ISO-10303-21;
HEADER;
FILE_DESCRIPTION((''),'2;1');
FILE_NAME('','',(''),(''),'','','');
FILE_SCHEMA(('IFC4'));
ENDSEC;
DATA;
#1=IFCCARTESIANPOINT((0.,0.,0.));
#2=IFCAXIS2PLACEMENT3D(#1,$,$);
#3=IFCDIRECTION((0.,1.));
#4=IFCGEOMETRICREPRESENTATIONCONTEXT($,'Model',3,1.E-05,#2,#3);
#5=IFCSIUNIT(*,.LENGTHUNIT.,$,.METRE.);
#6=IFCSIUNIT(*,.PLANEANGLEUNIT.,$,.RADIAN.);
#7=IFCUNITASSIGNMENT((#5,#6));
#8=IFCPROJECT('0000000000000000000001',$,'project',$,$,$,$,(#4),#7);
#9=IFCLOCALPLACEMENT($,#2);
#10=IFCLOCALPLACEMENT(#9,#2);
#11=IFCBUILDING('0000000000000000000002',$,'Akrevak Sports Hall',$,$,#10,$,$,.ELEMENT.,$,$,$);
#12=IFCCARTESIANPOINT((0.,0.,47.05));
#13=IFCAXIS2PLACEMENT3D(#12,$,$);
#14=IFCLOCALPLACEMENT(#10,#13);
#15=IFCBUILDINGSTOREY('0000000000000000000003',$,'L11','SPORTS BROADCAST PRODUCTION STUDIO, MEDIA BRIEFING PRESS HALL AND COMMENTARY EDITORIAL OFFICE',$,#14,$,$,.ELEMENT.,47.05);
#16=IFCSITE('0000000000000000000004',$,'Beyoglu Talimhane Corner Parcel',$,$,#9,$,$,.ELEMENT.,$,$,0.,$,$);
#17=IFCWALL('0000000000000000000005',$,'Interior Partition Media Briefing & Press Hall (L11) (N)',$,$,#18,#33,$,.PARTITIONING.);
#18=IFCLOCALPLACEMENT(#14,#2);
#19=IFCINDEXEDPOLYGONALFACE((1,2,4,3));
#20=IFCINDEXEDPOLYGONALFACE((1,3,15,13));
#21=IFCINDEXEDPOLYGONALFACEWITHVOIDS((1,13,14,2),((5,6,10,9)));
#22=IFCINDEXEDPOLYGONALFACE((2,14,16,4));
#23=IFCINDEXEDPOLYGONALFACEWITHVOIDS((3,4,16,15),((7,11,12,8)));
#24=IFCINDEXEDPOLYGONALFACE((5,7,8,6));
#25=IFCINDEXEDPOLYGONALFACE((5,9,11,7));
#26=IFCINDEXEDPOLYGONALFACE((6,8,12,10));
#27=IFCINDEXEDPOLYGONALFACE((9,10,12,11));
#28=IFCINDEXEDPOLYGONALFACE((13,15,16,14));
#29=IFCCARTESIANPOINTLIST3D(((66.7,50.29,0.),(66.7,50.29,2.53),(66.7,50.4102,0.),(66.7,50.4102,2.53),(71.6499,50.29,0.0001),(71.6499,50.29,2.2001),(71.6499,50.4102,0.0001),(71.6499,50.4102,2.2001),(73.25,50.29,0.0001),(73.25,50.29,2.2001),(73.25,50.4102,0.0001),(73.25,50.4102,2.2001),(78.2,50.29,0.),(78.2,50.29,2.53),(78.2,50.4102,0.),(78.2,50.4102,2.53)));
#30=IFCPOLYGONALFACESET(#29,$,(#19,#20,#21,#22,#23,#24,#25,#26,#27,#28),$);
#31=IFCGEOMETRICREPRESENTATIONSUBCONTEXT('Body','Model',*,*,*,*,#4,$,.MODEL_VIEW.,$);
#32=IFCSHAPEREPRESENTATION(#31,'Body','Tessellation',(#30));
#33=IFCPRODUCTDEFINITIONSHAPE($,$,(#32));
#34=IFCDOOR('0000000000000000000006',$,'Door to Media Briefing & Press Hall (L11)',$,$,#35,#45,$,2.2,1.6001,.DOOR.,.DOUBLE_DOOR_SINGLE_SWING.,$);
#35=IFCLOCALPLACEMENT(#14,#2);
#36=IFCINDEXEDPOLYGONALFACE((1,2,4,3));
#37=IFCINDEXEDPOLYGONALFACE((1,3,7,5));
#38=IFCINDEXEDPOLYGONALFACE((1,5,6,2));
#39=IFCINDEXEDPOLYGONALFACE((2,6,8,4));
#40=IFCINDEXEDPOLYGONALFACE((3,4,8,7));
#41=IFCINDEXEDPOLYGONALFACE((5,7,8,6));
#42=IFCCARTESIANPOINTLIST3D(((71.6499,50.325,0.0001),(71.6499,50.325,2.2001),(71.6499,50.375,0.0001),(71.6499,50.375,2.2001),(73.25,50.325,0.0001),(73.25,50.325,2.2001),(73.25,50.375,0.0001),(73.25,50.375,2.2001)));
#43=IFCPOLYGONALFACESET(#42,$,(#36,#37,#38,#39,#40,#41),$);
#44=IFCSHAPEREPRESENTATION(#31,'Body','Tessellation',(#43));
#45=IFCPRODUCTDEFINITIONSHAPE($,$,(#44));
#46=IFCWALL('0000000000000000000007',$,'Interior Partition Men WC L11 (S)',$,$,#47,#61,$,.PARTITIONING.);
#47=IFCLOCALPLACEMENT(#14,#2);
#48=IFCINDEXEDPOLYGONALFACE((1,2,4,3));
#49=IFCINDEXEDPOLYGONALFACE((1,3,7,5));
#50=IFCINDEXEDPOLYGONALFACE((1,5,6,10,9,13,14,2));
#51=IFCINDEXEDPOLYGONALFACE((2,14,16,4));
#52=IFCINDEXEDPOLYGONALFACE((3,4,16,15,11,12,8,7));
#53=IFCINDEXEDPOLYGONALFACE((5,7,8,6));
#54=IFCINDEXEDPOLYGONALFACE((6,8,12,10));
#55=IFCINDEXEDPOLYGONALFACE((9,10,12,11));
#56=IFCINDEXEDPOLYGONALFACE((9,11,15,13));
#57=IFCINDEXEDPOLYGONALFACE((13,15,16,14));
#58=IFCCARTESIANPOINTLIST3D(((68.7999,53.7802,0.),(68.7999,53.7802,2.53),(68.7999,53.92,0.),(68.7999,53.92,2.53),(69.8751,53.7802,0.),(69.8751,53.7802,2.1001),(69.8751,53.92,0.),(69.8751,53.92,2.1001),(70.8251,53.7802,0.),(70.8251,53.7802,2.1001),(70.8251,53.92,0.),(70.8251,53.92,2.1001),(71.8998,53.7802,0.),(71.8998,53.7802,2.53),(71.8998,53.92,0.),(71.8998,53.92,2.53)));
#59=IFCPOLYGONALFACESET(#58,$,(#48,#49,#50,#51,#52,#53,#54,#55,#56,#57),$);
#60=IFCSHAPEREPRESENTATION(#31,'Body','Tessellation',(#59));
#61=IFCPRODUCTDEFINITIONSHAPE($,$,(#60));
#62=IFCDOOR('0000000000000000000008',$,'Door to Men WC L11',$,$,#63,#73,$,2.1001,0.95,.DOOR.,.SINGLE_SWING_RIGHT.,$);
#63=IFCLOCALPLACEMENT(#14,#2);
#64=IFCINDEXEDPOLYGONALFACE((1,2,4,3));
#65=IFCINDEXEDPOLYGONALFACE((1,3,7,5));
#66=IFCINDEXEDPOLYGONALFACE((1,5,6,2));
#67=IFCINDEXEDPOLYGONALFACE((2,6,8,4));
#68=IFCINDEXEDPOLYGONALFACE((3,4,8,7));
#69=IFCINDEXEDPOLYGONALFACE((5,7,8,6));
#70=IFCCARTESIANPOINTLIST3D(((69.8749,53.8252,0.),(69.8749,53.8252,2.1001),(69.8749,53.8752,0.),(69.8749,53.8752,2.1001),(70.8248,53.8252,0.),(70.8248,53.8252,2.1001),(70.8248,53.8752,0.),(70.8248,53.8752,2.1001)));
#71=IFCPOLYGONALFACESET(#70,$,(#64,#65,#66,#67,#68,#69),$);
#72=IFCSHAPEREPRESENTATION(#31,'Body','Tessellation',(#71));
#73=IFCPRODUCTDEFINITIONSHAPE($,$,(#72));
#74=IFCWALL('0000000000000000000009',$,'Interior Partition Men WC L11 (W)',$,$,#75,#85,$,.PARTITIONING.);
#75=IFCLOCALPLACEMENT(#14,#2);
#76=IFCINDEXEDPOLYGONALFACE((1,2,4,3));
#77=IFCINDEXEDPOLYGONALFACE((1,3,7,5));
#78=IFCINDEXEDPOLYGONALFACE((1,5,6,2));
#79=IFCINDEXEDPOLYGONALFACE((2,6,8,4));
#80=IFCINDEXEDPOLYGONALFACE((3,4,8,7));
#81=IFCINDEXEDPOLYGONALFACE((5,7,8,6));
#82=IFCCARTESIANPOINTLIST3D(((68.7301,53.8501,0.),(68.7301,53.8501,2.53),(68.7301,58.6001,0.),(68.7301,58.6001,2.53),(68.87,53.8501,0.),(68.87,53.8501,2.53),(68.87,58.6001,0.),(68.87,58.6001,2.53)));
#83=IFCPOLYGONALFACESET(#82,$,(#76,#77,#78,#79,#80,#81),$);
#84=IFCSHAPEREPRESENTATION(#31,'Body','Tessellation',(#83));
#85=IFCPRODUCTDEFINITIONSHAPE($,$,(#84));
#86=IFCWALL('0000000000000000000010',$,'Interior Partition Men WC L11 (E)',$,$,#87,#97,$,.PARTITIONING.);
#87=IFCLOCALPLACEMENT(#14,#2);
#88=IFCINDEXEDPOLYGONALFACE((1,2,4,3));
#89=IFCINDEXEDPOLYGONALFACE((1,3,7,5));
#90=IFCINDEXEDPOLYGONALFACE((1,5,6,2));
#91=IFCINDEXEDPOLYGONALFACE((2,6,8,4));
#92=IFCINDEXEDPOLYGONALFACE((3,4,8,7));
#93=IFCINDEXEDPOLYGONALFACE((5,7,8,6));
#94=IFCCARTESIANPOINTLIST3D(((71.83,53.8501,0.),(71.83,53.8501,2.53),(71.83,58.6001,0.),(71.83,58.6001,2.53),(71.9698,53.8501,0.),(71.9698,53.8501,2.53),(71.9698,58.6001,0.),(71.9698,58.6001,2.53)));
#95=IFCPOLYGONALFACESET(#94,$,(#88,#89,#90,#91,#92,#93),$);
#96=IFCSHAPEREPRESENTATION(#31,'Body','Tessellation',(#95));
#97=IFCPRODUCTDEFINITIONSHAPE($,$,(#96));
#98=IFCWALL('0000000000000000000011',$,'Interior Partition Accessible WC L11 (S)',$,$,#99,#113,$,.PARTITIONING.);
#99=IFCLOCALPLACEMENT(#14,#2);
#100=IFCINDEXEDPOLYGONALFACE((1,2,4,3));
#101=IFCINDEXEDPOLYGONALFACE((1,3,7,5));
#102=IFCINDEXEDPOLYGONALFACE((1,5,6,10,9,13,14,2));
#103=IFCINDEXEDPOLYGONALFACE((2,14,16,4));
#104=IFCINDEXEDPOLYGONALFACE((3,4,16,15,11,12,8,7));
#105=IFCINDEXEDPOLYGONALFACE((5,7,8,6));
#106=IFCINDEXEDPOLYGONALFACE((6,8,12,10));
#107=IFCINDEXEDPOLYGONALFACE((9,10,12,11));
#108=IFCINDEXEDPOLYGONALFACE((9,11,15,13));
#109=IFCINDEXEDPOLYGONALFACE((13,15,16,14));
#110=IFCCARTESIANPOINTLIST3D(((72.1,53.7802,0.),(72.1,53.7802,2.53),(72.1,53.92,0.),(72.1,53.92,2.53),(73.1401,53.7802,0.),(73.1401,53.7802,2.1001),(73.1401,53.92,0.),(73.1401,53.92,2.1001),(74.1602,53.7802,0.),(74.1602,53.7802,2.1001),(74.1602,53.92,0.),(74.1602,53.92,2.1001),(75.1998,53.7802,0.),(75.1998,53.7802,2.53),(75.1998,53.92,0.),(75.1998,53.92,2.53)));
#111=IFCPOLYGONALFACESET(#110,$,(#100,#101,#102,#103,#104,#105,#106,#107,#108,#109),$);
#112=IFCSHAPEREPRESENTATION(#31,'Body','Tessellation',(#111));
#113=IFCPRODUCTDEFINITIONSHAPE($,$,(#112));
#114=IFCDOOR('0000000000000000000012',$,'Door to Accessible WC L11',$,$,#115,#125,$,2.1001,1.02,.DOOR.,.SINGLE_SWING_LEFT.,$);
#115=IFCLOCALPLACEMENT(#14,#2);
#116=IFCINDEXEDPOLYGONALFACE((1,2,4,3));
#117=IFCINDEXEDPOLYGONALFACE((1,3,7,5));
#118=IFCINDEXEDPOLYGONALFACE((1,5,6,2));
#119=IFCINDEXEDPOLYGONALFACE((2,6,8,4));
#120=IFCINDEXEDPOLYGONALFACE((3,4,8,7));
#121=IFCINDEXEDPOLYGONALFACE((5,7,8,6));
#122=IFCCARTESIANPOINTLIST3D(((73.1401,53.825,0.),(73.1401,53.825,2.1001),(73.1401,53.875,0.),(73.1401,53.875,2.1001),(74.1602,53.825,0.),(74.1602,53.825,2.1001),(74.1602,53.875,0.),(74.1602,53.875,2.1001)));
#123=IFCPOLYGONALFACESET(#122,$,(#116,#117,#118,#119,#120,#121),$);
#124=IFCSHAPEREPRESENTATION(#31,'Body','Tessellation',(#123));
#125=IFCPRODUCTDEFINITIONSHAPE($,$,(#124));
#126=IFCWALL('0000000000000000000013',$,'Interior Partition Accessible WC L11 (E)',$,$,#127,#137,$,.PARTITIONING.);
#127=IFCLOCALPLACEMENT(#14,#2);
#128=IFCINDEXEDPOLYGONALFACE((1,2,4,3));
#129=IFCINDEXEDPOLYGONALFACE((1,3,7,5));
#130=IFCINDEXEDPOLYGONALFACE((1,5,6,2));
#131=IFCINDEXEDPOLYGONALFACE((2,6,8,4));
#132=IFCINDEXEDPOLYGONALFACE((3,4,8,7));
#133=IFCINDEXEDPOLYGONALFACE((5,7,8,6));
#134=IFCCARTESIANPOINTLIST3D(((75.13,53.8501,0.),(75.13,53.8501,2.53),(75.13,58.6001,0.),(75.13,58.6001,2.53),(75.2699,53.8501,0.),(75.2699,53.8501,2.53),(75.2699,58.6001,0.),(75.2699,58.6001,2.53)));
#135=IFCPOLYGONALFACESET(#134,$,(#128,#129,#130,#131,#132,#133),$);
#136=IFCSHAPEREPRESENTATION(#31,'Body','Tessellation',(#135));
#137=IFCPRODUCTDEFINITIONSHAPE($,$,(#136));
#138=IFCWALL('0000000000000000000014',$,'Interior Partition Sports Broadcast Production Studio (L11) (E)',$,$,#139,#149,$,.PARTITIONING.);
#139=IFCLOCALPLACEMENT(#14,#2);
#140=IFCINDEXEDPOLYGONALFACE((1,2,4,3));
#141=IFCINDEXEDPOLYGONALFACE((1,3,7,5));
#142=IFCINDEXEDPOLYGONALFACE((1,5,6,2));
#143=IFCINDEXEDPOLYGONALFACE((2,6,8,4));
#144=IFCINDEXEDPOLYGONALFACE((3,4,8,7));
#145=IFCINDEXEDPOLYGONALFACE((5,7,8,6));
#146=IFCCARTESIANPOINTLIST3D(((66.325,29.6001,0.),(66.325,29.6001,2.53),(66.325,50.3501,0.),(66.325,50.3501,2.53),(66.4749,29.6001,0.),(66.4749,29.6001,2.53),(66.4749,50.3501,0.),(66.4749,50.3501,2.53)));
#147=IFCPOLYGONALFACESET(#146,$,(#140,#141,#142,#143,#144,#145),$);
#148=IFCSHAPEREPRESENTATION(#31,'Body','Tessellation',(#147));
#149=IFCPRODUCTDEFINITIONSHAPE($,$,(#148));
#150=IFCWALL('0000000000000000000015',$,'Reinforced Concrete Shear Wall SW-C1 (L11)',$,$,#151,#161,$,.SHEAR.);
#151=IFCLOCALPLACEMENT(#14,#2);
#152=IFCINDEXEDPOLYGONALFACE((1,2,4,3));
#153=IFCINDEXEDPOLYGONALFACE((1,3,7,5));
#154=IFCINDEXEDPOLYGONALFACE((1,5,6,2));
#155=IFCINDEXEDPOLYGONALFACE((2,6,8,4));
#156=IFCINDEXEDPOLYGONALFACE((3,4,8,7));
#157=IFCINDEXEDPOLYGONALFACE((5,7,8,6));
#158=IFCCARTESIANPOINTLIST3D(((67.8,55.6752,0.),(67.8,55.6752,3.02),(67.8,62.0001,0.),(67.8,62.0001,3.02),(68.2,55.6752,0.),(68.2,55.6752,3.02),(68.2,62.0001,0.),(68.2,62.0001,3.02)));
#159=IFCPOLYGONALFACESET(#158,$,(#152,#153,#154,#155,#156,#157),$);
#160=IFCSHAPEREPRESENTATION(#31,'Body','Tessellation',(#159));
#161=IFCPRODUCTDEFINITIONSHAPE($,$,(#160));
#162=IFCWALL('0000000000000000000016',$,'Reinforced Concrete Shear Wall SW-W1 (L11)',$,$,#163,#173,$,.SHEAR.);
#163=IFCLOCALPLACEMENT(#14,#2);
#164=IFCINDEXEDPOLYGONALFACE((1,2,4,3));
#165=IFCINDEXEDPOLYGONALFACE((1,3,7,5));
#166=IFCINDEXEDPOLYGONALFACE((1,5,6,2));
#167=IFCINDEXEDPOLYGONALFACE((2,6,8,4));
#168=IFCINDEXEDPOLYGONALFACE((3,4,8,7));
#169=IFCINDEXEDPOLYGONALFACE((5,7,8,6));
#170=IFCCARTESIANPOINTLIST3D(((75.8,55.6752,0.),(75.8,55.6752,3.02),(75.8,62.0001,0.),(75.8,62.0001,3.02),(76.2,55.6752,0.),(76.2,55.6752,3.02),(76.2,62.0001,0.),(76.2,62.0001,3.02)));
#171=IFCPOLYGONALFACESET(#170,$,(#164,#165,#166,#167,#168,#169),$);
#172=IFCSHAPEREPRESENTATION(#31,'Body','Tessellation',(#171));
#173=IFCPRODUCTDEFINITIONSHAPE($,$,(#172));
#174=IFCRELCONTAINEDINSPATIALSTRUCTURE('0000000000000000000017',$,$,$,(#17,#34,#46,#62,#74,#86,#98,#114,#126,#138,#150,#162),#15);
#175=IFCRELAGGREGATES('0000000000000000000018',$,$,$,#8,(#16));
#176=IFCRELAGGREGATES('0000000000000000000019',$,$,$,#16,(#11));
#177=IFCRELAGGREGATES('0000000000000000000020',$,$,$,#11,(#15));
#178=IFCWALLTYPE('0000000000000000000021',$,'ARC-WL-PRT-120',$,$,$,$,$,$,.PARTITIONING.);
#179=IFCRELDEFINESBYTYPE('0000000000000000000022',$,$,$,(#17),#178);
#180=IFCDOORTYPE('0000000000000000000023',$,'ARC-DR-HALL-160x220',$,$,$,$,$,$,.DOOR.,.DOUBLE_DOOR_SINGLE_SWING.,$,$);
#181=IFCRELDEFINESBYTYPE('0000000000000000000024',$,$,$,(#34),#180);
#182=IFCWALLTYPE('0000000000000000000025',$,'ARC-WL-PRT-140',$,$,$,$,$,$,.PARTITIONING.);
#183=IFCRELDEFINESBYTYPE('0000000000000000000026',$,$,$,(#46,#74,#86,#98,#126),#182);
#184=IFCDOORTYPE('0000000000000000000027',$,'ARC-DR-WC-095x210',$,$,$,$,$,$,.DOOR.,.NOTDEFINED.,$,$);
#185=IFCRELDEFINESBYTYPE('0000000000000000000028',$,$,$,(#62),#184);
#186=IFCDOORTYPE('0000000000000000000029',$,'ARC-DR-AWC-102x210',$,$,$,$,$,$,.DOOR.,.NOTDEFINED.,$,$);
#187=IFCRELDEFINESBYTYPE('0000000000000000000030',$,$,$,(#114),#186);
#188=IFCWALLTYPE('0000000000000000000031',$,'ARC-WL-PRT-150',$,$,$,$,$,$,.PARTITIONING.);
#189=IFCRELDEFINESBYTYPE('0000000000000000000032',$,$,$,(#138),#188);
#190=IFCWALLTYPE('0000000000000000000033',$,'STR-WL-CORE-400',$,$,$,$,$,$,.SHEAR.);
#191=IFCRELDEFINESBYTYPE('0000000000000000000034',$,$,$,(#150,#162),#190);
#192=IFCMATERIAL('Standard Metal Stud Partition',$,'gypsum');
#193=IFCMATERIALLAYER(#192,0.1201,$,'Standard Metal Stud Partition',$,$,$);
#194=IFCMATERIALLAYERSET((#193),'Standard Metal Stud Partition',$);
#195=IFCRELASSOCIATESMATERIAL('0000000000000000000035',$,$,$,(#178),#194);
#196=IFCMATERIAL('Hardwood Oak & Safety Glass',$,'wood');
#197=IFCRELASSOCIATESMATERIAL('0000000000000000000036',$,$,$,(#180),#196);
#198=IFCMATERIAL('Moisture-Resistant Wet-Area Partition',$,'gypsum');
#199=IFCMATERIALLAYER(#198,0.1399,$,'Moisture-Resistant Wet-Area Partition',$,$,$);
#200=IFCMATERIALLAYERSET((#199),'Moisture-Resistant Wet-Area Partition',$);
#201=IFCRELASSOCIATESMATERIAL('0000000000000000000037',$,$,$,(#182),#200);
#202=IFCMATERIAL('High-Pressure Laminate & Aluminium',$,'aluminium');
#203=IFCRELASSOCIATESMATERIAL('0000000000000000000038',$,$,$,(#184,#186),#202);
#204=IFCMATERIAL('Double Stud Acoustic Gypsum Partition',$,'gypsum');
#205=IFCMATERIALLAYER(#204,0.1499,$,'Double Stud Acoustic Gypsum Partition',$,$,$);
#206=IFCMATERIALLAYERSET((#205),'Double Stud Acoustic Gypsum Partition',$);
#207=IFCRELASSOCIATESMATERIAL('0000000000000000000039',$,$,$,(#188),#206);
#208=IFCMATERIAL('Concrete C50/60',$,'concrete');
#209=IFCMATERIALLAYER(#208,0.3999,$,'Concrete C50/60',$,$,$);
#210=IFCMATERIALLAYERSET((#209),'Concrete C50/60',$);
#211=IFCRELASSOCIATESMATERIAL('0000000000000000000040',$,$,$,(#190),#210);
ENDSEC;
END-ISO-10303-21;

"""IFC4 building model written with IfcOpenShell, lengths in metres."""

from ifc_helpers import new_model, si_unit, direction, frame, frame_2d, origin, place, context, subcontext, project, spatial, rectangle, extrude, material, layer, layer_set, type_object, element, fill, save


model = new_model("IFC4")

# Units and contexts
model_context = context("Model", 3, precision=1e-05, world=origin(), true_north=direction((0.0, 1.0)))
body_context = subcontext(model_context, "Body", "Model", "MODEL_VIEW")
ifc_project = project(units=[si_unit("LENGTHUNIT", "METRE"), si_unit("PLANEANGLEUNIT", "RADIAN")], contexts=[model_context])

# Site, building, storey
site_placement = place(None, origin())
site = spatial("IfcSite", under=ifc_project, at=site_placement, Name="Beyoglu Talimhane Corner Parcel", CompositionType="ELEMENT", RefElevation=0.0)
building_placement = place(site_placement, origin())
building = spatial("IfcBuilding", under=site, at=building_placement, Name="Akrevak Sports Hall", CompositionType="ELEMENT")
storey_placement = place(building_placement, frame((0.0, 0.0, 47.05)))
storey = spatial("IfcBuildingStorey", under=building, at=storey_placement, Name="L11", Description="SPORTS BROADCAST PRODUCTION STUDIO, MEDIA BRIEFING PRESS HALL AND COMMENTARY EDITORIAL OFFICE", CompositionType="ELEMENT", Elevation=47.05)

# Shared definitions
ifc_material_1 = material(Name="Concrete C50/60", Category="concrete")

# Walls, openings, doors
ifc_material_2 = material(Name="Standard Metal Stud Partition", Category="gypsum")
ifc_layer_1 = layer(ifc_material_2, 0.1201, Name="Standard Metal Stud Partition")
ifc_layer_set_1 = layer_set([ifc_layer_1], Name="Standard Metal Stud Partition")
wall_type_1 = type_object("IfcWallType", Name="ARC-WL-PRT-120", PredefinedType="PARTITIONING", material=ifc_layer_set_1)
wall_1_placement = place(storey_placement, frame((66.7, 50.3501, 0.0), z_axis=(0.0, 0.0, 1.0), x_axis=(1.0, 0.0, 0.0)))
wall_1 = element("IfcWall", 1, at=wall_1_placement, inside=storey, type_object=wall_type_1, Name="Interior Partition Media Briefing & Press Hall (L11) (N)", PredefinedType="PARTITIONING", context=body_context, shape_type="SweptSolid", body=[
    extrude(rectangle(XDim=11.5, YDim=0.1201, at=frame_2d((5.75, 0.0))), origin(), (0.0, 0.0, 1.0), 2.53),
])
opening_1_placement = place(wall_1_placement, frame((4.95, 0.0, 0.0)))
opening_1 = element("IfcOpeningElement", 2, at=opening_1_placement, cuts=wall_1, PredefinedType="OPENING", context=body_context, shape_type="SweptSolid", body=[
    extrude(rectangle(XDim=1.6001, YDim=2.2, at=frame_2d((0.8, 1.1001))), frame((0.0, 0.072, 0.0), z_axis=(0.0, -1.0, 0.0), x_axis=(1.0, 0.0, 0.0)), (0.0, 0.0, 1.0), 0.144),
])
ifc_material_3 = material(Name="Hardwood Oak & Safety Glass", Category="wood")
door_type_1 = type_object("IfcDoorType", Name="ARC-DR-HALL-160x220", OperationType="DOUBLE_DOOR_SINGLE_SWING", PredefinedType="DOOR", material=ifc_material_3)
door_1_placement = place(opening_1_placement, origin())
door_1 = element("IfcDoor", 3, at=door_1_placement, inside=storey, type_object=door_type_1, Name="Door to Media Briefing & Press Hall (L11)", OperationType="DOUBLE_DOOR_SINGLE_SWING", OverallHeight=2.2, OverallWidth=1.6001, PredefinedType="DOOR", context=body_context, shape_type="SweptSolid", body=[
    extrude(rectangle(XDim=1.6001, YDim=2.2, at=frame_2d((0.8, 1.1001))), frame((0.0, 0.0249, 0.0), z_axis=(0.0, -1.0, 0.0), x_axis=(1.0, 0.0, 0.0)), (0.0, 0.0, 1.0), 0.05),
])
fill(opening_1, door_1)
ifc_material_4 = material(Name="Moisture-Resistant Wet-Area Partition", Category="gypsum")
ifc_layer_2 = layer(ifc_material_4, 0.1399, Name="Moisture-Resistant Wet-Area Partition")
ifc_layer_set_2 = layer_set([ifc_layer_2], Name="Moisture-Resistant Wet-Area Partition")
wall_type_2 = type_object("IfcWallType", Name="ARC-WL-PRT-140", PredefinedType="PARTITIONING", material=ifc_layer_set_2)
wall_2_placement = place(storey_placement, frame((68.8, 53.8501, 0.0), z_axis=(0.0, 0.0, 1.0), x_axis=(1.0, 0.0, 0.0)))
wall_2 = element("IfcWall", 4, at=wall_2_placement, inside=storey, type_object=wall_type_2, Name="Interior Partition Men WC L11 (S)", PredefinedType="PARTITIONING", context=body_context, shape_type="SweptSolid", body=[
    extrude(rectangle(XDim=3.0999, YDim=0.1399, at=frame_2d((1.5498, 0.0))), origin(), (0.0, 0.0, 1.0), 2.53),
])
opening_2_placement = place(wall_2_placement, frame((1.075, 0.0, 0.0)))
opening_2 = element("IfcOpeningElement", 5, at=opening_2_placement, cuts=wall_2, PredefinedType="OPENING", context=body_context, shape_type="SweptSolid", body=[
    extrude(rectangle(XDim=0.95, YDim=2.1001, at=frame_2d((0.4751, 1.05))), frame((0.0, 0.082, 0.0), z_axis=(0.0, -1.0, 0.0), x_axis=(1.0, 0.0, 0.0)), (0.0, 0.0, 1.0), 0.1638),
])
ifc_material_5 = material(Name="High-Pressure Laminate & Aluminium", Category="aluminium")
door_type_2 = type_object("IfcDoorType", Name="ARC-DR-WC-095x210", OperationType="NOTDEFINED", PredefinedType="DOOR", material=ifc_material_5)
door_2_placement = place(opening_2_placement, frame((0.95, 0.0, 0.0), z_axis=(0.0, 0.0, 1.0), x_axis=(-1.0, 0.0, 0.0)))
door_2 = element("IfcDoor", 6, at=door_2_placement, inside=storey, type_object=door_type_2, Name="Door to Men WC L11", OperationType="SINGLE_SWING_RIGHT", OverallHeight=2.1001, OverallWidth=0.95, PredefinedType="DOOR", context=body_context, shape_type="SweptSolid", body=[
    extrude(rectangle(XDim=0.95, YDim=2.1001, at=frame_2d((0.4751, 1.05))), frame((0.0, 0.0249, 0.0), z_axis=(0.0, -1.0, 0.0), x_axis=(1.0, 0.0, 0.0)), (0.0, 0.0, 1.0), 0.05),
])
fill(opening_2, door_2)

# Walls
for number, where, z_axis, x_axis, name in (
    (7, (68.8, 53.8501, 0.0), (0.0, 0.0, 1.0), (0.0, 1.0, 0.0), "Interior Partition Men WC L11 (W)"),
    (8, (71.8999, 53.8501, 0.0), (0.0, 0.0, 1.0), (0.0, 1.0, 0.0), "Interior Partition Men WC L11 (E)"),
):
    element("IfcWall", number, at=place(storey_placement, frame(where, z_axis=z_axis, x_axis=x_axis)), inside=storey, type_object=wall_type_2, Name=name, PredefinedType="PARTITIONING", context=body_context, shape_type="SweptSolid", body=[
        extrude(rectangle(XDim=4.75, YDim=0.1399, at=frame_2d((2.375, 0.0))), origin(), (0.0, 0.0, 1.0), 2.53),
    ])

# Wall, opening, door
wall_3_placement = place(storey_placement, frame((72.1001, 53.8501, 0.0), z_axis=(0.0, 0.0, 1.0), x_axis=(1.0, 0.0, 0.0)))
wall_3 = element("IfcWall", 9, at=wall_3_placement, inside=storey, type_object=wall_type_2, Name="Interior Partition Accessible WC L11 (S)", PredefinedType="PARTITIONING", context=body_context, shape_type="SweptSolid", body=[
    extrude(rectangle(XDim=3.0999, YDim=0.1399, at=frame_2d((1.5498, 0.0))), origin(), (0.0, 0.0, 1.0), 2.53),
])
opening_3_placement = place(wall_3_placement, frame((1.04, 0.0, 0.0)))
opening_3 = element("IfcOpeningElement", 10, at=opening_3_placement, cuts=wall_3, PredefinedType="OPENING", context=body_context, shape_type="SweptSolid", body=[
    extrude(rectangle(XDim=1.02, YDim=2.1001, at=frame_2d((0.51, 1.05))), frame((0.0, 0.082, 0.0), z_axis=(0.0, -1.0, 0.0), x_axis=(1.0, 0.0, 0.0)), (0.0, 0.0, 1.0), 0.1638),
])
door_type_3 = type_object("IfcDoorType", Name="ARC-DR-AWC-102x210", OperationType="NOTDEFINED", PredefinedType="DOOR", material=ifc_material_5)
door_3_placement = place(opening_3_placement, origin())
door_3 = element("IfcDoor", 11, at=door_3_placement, inside=storey, type_object=door_type_3, Name="Door to Accessible WC L11", OperationType="SINGLE_SWING_LEFT", OverallHeight=2.1001, OverallWidth=1.02, PredefinedType="DOOR", context=body_context, shape_type="SweptSolid", body=[
    extrude(rectangle(XDim=1.02, YDim=2.1001, at=frame_2d((0.51, 1.05))), frame((0.0, 0.0249, 0.0), z_axis=(0.0, -1.0, 0.0), x_axis=(1.0, 0.0, 0.0)), (0.0, 0.0, 1.0), 0.05),
])
fill(opening_3, door_3)

# Walls
wall_4_placement = place(storey_placement, frame((75.2, 53.8501, 0.0), z_axis=(0.0, 0.0, 1.0), x_axis=(0.0, 1.0, 0.0)))
element("IfcWall", 12, at=wall_4_placement, inside=storey, type_object=wall_type_2, Name="Interior Partition Accessible WC L11 (E)", PredefinedType="PARTITIONING", context=body_context, shape_type="SweptSolid", body=[
    extrude(rectangle(XDim=4.75, YDim=0.1399, at=frame_2d((2.375, 0.0))), origin(), (0.0, 0.0, 1.0), 2.53),
])
ifc_material_6 = material(Name="Double Stud Acoustic Gypsum Partition", Category="gypsum")
ifc_layer_3 = layer(ifc_material_6, 0.1499, Name="Double Stud Acoustic Gypsum Partition")
ifc_layer_set_3 = layer_set([ifc_layer_3], Name="Double Stud Acoustic Gypsum Partition")
wall_type_3 = type_object("IfcWallType", Name="ARC-WL-PRT-150", PredefinedType="PARTITIONING", material=ifc_layer_set_3)
wall_5_placement = place(storey_placement, frame((66.3999, 29.6001, 0.0), z_axis=(0.0, 0.0, 1.0), x_axis=(0.0, 1.0, 0.0)))
element("IfcWall", 13, at=wall_5_placement, inside=storey, type_object=wall_type_3, Name="Interior Partition Sports Broadcast Production Studio (L11) (E)", PredefinedType="PARTITIONING", context=body_context, shape_type="SweptSolid", body=[
    extrude(rectangle(XDim=20.75, YDim=0.1499, at=frame_2d((10.375, 0.0))), origin(), (0.0, 0.0, 1.0), 2.53),
])
ifc_layer_4 = layer(ifc_material_1, 0.3999, Name="Concrete C50/60")
ifc_layer_set_4 = layer_set([ifc_layer_4], Name="Concrete C50/60")
wall_type_4 = type_object("IfcWallType", Name="STR-WL-CORE-400", PredefinedType="SHEAR", material=ifc_layer_set_4)
for number, where, z_axis, x_axis, name in (
    (14, (68.0, 55.675, 0.0), (0.0, 0.0, 1.0), (0.0, 1.0, 0.0), "Reinforced Concrete Shear Wall SW-C1 (L11)"),
    (15, (76.0, 55.675, 0.0), (0.0, 0.0, 1.0), (0.0, 1.0, 0.0), "Reinforced Concrete Shear Wall SW-W1 (L11)"),
):
    element("IfcWall", number, at=place(storey_placement, frame(where, z_axis=z_axis, x_axis=x_axis)), inside=storey, type_object=wall_type_4, Name=name, PredefinedType="SHEAR", context=body_context, shape_type="SweptSolid", body=[
        extrude(rectangle(XDim=6.325, YDim=0.3999, at=frame_2d((3.1626, 0.0))), origin(), (0.0, 0.0, 1.0), 3.02),
    ])

save(model, "model.ifc")
